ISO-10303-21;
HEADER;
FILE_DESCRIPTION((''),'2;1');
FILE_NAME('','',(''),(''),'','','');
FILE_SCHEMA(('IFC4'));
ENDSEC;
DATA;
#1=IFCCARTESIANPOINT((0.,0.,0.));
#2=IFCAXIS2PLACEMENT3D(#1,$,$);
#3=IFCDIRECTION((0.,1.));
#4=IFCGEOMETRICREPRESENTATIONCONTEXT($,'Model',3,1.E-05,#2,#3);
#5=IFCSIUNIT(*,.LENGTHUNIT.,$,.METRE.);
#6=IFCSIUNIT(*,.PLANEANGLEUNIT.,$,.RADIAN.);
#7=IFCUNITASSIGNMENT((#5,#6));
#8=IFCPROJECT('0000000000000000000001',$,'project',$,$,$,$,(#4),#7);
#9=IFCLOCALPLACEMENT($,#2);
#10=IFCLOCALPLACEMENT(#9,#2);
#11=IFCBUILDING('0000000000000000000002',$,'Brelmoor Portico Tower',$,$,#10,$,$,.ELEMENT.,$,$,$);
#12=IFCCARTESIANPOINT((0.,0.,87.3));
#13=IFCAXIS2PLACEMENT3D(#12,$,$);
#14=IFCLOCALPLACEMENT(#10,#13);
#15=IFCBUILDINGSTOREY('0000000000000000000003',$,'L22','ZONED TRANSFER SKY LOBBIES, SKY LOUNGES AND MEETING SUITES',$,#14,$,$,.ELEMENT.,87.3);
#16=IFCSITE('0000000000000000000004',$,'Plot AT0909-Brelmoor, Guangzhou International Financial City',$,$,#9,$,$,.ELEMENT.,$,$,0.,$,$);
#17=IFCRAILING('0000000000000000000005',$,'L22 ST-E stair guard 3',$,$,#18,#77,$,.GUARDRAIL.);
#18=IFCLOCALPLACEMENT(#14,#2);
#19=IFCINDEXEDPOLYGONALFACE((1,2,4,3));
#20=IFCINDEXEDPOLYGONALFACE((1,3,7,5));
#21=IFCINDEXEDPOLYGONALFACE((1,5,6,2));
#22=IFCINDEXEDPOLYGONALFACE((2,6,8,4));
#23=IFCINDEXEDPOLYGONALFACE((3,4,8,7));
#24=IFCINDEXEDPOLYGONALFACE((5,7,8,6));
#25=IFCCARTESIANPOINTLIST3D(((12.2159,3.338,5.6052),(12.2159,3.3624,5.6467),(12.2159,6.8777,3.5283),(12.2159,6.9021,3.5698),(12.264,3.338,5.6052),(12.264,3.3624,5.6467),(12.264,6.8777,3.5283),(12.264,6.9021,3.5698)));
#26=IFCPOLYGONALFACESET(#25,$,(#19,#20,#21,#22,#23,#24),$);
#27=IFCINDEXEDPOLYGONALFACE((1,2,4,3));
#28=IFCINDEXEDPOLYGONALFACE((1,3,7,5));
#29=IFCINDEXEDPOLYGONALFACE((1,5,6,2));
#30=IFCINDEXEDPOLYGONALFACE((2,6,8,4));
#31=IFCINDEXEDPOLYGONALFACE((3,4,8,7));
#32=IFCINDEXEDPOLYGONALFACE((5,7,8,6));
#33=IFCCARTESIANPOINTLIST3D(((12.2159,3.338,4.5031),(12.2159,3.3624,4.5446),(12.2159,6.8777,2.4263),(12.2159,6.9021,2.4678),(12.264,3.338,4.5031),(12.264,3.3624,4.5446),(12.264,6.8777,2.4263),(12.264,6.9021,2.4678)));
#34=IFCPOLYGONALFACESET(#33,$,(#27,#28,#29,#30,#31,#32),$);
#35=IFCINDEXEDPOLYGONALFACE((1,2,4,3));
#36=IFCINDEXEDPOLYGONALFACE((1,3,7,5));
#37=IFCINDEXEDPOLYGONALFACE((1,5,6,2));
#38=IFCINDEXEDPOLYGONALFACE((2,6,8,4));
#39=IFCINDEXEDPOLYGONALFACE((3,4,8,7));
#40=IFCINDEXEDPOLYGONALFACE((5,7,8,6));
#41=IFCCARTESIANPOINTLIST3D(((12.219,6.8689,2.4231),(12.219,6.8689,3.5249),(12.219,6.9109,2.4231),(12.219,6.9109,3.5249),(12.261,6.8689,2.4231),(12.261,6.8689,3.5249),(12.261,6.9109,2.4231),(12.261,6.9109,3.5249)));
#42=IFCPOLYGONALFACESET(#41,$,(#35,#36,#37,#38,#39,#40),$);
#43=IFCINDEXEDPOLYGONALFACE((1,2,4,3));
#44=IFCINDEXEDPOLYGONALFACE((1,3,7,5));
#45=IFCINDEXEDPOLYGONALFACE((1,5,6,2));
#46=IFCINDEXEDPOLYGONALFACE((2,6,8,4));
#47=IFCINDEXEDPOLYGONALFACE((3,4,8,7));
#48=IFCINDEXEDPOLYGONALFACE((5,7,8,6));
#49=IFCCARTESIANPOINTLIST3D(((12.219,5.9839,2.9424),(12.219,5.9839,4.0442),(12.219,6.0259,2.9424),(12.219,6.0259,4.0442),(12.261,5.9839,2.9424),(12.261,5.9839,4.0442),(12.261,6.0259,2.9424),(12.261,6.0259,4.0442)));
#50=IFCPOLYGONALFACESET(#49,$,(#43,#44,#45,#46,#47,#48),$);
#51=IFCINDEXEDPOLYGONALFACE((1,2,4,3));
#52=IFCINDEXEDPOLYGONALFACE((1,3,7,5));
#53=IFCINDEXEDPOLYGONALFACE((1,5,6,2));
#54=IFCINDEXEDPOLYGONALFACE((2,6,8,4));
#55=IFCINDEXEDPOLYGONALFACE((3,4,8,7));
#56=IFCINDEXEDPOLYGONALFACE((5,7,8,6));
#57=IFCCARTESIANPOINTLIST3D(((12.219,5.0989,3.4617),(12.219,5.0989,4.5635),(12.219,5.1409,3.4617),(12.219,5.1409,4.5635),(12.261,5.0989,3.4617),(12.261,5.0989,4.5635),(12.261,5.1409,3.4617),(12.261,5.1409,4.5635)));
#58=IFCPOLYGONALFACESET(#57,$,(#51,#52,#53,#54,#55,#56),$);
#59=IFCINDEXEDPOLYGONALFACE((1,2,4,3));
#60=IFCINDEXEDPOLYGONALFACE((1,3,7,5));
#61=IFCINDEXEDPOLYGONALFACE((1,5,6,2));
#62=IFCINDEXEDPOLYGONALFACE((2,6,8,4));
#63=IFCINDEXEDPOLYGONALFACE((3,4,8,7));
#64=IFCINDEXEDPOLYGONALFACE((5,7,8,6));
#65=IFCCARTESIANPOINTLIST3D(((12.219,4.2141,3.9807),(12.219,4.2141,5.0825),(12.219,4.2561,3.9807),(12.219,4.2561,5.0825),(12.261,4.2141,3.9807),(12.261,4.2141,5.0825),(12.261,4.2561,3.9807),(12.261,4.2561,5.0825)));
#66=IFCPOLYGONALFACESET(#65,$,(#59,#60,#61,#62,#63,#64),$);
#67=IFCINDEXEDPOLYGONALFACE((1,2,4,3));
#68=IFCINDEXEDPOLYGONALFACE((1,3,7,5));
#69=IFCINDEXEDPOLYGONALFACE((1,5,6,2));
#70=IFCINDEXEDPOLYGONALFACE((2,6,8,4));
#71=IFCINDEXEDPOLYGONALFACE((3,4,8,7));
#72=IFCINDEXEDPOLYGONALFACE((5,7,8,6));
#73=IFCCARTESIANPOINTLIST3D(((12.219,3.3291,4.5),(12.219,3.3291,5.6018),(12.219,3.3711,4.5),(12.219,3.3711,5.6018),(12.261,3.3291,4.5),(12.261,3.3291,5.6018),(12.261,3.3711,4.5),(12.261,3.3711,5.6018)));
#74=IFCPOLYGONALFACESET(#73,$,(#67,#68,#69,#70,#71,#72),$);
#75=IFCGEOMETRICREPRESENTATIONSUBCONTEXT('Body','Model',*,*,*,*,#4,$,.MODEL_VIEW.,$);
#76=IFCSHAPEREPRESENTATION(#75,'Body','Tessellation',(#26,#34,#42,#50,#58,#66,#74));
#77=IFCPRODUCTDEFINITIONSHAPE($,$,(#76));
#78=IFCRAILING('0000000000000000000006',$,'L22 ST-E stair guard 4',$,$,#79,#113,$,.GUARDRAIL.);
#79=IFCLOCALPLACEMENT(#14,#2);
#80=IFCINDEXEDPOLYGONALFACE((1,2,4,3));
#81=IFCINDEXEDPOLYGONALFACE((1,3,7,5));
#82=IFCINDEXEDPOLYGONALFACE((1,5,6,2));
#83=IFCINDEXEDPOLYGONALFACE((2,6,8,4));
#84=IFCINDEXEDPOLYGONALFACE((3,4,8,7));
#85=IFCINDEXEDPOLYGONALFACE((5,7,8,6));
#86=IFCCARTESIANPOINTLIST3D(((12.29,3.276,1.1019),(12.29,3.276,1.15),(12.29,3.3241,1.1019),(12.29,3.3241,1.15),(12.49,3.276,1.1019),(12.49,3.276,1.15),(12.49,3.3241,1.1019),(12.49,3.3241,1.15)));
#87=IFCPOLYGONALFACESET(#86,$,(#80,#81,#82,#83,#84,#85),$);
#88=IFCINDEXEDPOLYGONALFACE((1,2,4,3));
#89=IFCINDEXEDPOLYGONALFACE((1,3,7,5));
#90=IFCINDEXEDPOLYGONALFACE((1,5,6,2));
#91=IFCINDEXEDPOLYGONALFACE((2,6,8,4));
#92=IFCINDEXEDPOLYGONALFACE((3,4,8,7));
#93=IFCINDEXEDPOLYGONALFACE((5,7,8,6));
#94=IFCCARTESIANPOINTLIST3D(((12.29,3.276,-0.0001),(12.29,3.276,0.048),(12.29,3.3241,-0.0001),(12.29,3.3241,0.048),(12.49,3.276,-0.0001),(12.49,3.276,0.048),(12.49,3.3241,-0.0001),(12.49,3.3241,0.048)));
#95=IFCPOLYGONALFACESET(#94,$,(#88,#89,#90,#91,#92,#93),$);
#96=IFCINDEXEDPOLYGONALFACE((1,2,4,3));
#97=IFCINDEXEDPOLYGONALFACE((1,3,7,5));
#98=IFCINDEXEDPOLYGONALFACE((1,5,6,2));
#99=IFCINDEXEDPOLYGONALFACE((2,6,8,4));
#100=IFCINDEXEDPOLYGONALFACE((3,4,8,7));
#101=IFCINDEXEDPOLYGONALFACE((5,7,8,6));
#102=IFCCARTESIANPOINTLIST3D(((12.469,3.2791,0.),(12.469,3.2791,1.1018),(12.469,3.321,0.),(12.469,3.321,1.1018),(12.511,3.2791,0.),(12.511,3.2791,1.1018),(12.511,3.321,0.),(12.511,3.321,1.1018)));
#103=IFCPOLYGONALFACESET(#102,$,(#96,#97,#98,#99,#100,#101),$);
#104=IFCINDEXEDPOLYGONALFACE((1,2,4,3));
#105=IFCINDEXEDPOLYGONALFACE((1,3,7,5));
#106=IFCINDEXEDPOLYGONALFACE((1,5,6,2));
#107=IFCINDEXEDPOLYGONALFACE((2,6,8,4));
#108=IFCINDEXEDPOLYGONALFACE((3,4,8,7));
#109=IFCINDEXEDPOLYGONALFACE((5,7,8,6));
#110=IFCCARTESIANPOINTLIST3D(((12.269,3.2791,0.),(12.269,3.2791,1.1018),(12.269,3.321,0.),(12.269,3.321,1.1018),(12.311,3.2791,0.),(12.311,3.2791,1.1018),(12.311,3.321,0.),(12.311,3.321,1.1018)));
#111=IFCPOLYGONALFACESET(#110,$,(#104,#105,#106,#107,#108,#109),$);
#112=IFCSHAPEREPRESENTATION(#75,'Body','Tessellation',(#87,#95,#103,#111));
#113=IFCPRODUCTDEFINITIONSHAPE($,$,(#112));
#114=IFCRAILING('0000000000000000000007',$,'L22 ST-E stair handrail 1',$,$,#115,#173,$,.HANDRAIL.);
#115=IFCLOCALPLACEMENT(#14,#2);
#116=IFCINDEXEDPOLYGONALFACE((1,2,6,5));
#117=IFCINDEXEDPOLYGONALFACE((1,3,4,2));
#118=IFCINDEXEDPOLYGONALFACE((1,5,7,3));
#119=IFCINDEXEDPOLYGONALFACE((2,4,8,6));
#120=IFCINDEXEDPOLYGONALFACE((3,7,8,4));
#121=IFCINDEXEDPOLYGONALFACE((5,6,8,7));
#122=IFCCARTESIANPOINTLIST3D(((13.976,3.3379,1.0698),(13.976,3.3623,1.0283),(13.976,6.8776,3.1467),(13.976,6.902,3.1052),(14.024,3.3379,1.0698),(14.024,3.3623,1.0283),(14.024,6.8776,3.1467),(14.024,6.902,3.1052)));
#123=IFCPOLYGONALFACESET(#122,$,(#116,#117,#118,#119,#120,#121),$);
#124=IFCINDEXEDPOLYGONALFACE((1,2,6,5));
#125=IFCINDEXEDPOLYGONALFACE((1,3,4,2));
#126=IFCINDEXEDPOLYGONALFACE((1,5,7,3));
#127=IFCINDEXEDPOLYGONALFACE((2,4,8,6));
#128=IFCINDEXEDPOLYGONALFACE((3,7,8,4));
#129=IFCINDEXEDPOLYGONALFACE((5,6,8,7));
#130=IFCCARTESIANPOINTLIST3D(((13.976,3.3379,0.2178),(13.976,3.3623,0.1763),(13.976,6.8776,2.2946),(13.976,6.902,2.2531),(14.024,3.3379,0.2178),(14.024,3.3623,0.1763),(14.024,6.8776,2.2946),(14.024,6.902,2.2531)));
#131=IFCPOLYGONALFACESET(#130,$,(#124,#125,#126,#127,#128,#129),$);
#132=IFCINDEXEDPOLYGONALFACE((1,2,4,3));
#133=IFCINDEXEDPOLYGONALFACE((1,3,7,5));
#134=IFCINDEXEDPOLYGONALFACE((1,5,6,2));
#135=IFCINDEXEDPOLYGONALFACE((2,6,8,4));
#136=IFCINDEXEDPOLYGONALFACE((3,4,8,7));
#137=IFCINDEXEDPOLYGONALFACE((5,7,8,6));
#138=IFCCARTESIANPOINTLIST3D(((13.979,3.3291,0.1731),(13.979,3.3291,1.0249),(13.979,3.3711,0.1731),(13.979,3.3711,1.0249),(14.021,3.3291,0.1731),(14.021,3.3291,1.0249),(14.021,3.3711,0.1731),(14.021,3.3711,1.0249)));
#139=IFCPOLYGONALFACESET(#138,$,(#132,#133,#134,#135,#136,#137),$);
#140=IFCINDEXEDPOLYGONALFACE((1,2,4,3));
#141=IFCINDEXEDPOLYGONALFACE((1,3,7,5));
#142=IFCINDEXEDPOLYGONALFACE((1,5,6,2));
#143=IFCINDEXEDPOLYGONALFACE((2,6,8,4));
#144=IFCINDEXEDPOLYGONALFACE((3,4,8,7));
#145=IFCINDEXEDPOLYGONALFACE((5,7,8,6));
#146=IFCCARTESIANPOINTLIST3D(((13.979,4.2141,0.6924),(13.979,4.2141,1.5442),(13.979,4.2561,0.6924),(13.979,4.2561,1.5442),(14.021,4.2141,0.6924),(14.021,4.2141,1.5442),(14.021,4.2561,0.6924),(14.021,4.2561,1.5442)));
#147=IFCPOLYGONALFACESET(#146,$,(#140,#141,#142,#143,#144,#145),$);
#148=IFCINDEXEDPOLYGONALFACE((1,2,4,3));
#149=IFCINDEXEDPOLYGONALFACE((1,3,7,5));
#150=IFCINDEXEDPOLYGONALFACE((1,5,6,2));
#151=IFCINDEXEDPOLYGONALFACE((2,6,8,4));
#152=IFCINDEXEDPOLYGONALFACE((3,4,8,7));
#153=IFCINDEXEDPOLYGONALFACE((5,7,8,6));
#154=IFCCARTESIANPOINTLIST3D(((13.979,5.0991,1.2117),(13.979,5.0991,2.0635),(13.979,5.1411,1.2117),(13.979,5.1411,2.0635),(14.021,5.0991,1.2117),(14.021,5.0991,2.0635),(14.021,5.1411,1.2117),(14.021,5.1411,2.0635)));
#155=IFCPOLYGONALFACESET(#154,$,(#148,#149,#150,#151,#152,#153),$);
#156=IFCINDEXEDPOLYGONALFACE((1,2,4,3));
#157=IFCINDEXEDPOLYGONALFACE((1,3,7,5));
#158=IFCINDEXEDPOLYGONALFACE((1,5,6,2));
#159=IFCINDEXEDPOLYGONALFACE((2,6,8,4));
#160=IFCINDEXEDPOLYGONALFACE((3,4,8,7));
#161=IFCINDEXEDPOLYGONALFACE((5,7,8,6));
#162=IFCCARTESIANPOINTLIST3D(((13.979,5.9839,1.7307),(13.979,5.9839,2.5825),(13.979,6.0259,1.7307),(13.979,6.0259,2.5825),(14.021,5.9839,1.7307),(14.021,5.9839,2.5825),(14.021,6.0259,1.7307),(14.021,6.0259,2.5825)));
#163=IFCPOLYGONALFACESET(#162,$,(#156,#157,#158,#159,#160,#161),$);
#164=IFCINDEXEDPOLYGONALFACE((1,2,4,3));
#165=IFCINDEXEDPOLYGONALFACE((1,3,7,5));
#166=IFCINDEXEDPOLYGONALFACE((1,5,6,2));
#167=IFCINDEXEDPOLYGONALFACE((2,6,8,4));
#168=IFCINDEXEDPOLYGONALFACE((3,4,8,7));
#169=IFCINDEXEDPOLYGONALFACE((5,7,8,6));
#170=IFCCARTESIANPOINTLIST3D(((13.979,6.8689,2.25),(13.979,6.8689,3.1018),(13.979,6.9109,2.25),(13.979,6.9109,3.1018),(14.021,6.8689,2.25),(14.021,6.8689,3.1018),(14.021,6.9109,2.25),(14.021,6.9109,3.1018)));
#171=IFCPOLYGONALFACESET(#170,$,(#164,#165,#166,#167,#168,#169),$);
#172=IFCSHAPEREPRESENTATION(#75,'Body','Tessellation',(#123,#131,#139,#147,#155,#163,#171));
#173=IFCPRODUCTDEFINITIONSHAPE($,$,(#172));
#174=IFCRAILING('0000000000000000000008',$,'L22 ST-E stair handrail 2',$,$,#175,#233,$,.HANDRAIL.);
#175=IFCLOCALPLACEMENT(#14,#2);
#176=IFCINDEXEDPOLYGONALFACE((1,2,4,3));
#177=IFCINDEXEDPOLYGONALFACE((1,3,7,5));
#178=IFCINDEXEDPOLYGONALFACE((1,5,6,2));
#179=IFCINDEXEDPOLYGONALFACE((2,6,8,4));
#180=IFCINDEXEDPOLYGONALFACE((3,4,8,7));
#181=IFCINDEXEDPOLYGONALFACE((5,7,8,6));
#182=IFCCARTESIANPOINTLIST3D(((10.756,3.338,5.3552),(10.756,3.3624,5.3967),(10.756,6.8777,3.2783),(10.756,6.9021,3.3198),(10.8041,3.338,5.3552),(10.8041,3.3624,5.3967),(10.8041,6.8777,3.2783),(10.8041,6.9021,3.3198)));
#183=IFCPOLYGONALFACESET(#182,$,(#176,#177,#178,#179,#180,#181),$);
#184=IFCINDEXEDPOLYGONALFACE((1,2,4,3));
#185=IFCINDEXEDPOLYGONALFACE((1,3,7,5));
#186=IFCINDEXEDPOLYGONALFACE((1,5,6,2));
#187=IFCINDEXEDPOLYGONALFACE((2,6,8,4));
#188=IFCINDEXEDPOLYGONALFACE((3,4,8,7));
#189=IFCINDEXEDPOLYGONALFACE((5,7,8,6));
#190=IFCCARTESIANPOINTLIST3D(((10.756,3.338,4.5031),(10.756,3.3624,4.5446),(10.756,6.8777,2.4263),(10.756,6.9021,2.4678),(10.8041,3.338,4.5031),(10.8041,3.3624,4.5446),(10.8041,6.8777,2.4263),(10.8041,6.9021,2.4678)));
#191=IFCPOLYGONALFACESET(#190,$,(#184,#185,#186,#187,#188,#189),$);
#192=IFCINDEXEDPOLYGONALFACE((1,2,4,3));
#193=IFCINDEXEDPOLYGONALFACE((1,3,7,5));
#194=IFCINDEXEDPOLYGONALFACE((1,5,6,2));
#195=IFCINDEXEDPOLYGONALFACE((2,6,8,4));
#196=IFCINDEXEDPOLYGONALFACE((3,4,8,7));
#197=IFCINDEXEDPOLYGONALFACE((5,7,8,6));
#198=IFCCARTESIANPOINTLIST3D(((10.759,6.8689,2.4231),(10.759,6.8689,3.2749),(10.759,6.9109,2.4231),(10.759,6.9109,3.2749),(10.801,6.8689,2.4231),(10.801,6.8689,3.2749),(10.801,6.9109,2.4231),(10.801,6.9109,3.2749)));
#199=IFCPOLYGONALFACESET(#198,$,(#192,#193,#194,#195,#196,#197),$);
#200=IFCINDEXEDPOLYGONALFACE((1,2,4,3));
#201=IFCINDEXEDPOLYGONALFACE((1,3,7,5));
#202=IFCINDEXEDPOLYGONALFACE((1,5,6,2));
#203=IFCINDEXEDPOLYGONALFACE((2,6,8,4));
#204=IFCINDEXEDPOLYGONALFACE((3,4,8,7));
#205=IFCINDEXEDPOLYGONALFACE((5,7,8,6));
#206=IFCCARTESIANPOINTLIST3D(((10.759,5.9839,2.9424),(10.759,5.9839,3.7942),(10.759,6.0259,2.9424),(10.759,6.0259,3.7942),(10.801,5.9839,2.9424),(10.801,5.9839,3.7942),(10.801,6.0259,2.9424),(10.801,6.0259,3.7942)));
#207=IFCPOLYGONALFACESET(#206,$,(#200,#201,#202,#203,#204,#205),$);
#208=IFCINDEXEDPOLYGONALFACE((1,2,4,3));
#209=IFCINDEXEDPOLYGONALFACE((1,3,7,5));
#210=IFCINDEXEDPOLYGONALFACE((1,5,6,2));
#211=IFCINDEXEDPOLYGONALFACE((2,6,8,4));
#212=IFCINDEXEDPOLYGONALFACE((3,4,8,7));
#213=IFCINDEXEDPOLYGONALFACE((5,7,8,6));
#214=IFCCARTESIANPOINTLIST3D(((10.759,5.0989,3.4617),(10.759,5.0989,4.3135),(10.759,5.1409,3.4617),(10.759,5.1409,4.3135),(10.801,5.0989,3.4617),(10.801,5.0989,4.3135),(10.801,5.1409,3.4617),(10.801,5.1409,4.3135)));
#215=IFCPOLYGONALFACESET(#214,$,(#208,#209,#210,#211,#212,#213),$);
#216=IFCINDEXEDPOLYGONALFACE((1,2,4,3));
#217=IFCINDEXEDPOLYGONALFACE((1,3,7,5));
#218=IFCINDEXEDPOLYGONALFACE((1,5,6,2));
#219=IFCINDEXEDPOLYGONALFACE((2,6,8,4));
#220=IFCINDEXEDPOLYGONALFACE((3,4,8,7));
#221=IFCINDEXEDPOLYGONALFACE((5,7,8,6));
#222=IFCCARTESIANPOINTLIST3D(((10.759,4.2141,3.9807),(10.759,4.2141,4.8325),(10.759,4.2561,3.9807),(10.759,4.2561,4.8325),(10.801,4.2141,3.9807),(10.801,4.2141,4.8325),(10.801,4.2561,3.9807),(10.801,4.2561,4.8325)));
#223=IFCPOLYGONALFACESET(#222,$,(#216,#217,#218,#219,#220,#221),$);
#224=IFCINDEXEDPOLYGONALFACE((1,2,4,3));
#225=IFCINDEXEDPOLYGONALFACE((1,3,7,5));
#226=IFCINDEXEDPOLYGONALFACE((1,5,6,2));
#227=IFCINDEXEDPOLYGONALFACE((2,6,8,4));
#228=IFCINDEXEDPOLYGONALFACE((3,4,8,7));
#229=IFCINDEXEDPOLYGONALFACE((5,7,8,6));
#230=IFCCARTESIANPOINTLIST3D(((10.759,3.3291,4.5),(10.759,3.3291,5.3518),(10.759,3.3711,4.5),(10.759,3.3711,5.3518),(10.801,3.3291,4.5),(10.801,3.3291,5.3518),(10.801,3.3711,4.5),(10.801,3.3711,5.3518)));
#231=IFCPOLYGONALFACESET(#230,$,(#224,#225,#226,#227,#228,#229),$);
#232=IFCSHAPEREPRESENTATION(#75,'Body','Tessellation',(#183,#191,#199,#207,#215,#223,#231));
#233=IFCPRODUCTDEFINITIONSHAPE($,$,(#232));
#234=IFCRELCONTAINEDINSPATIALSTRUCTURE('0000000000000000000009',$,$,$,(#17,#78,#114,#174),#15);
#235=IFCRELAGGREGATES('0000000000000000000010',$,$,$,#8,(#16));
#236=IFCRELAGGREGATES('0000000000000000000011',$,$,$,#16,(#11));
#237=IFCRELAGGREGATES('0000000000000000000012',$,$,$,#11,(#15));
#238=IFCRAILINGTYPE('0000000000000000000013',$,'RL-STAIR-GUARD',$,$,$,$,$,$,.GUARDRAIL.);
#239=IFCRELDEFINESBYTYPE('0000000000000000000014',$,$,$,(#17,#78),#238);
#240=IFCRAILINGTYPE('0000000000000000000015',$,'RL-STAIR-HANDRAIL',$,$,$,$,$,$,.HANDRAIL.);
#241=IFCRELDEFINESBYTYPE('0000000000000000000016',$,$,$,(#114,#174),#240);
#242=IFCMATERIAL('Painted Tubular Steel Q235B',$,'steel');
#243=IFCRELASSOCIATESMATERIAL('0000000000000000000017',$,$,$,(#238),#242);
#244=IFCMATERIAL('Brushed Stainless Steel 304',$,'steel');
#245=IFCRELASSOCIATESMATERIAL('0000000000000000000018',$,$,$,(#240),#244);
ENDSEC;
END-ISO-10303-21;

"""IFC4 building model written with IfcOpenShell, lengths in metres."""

from ifc_helpers import new_model, si_unit, direction, frame, origin, origin_2d, place, context, subcontext, project, spatial, rectangle, extrude, material, type_object, element, save


model = new_model("IFC4")

# Units and contexts
model_context = context("Model", 3, precision=1e-05, world=origin(), true_north=direction((0.0, 1.0)))
body_context = subcontext(model_context, "Body", "Model", "MODEL_VIEW")
ifc_project = project(units=[si_unit("LENGTHUNIT", "METRE"), si_unit("PLANEANGLEUNIT", "RADIAN")], contexts=[model_context])

# Site, building, storey
site_placement = place(None, origin())
site = spatial("IfcSite", under=ifc_project, at=site_placement, Name="Plot AT0909-Brelmoor, Guangzhou International Financial City", CompositionType="ELEMENT", RefElevation=0.0)
building_placement = place(site_placement, origin())
building = spatial("IfcBuilding", under=site, at=building_placement, Name="Brelmoor Portico Tower", CompositionType="ELEMENT")
storey_placement = place(building_placement, frame((0.0, 0.0, 87.3)))
storey = spatial("IfcBuildingStorey", under=building, at=storey_placement, Name="L22", Description="ZONED TRANSFER SKY LOBBIES, SKY LOUNGES AND MEETING SUITES", CompositionType="ELEMENT", Elevation=87.3)

# Railings
ifc_material_1 = material(Name="Painted Tubular Steel Q235B", Category="steel")
railing_type_1 = type_object("IfcRailingType", Name="RL-STAIR-GUARD", PredefinedType="GUARDRAIL", material=ifc_material_1)
railing_1_placement = place(storey_placement, frame((12.24, 6.8899, 2.4231)))
element("IfcRailing", 1, at=railing_1_placement, inside=storey, type_object=railing_type_1, Name="L22 ST-E stair guard 3", PredefinedType="GUARDRAIL", context=body_context, shape_type="SweptSolid", body=[
    extrude(rectangle(XDim=0.0481, YDim=0.0481, at=origin_2d()), frame((0.0, 0.0, 1.126), z_axis=(0.0, -0.862501, 0.506055), x_axis=(1.0, 0.0, 0.0)), (0.0, 0.0, 1.0), 4.104),
    extrude(rectangle(XDim=0.0481, YDim=0.0481, at=origin_2d()), frame((0.0, 0.0, 0.0239), z_axis=(0.0, -0.862501, 0.506055), x_axis=(1.0, 0.0, 0.0)), (0.0, 0.0, 1.0), 4.104),
    extrude(rectangle(XDim=0.042, YDim=0.042, at=origin_2d()), origin(), (0.0, 0.0, 1.0), 1.1018),
    extrude(rectangle(XDim=0.042, YDim=0.042, at=origin_2d()), frame((0.0, -0.885, 0.5193)), (0.0, 0.0, 1.0), 1.1018),
    extrude(rectangle(XDim=0.042, YDim=0.042, at=origin_2d()), frame((0.0, -1.77, 1.0386)), (0.0, 0.0, 1.0), 1.1018),
    extrude(rectangle(XDim=0.042, YDim=0.042, at=origin_2d()), frame((0.0, -2.6548, 1.5576)), (0.0, 0.0, 1.0), 1.1018),
    extrude(rectangle(XDim=0.042, YDim=0.042, at=origin_2d()), frame((0.0, -3.5398, 2.0769)), (0.0, 0.0, 1.0), 1.1018),
])
railing_2_placement = place(storey_placement, frame((12.49, 3.3, 0.0)))
element("IfcRailing", 2, at=railing_2_placement, inside=storey, type_object=railing_type_1, Name="L22 ST-E stair guard 4", PredefinedType="GUARDRAIL", context=body_context, shape_type="SweptSolid", body=[
    extrude(rectangle(XDim=0.0481, YDim=0.0481, at=origin_2d()), frame((0.0, 0.0, 1.126), z_axis=(-1.0, 0.0, 0.0), x_axis=(0.0, -1.0, 0.0)), (0.0, 0.0, 1.0), 0.2),
    extrude(rectangle(XDim=0.0481, YDim=0.0481, at=origin_2d()), frame((0.0, 0.0, 0.0239), z_axis=(-1.0, 0.0, 0.0), x_axis=(0.0, -1.0, 0.0)), (0.0, 0.0, 1.0), 0.2),
    extrude(rectangle(XDim=0.042, YDim=0.042, at=origin_2d()), origin(), (0.0, 0.0, 1.0), 1.1018),
    extrude(rectangle(XDim=0.042, YDim=0.042, at=origin_2d()), frame((-0.2, 0.0, 0.0)), (0.0, 0.0, 1.0), 1.1018),
])
ifc_material_2 = material(Name="Brushed Stainless Steel 304", Category="steel")
railing_type_2 = type_object("IfcRailingType", Name="RL-STAIR-HANDRAIL", PredefinedType="HANDRAIL", material=ifc_material_2)
railing_3_placement = place(storey_placement, frame((14.0, 3.3501, 0.1731)))
element("IfcRailing", 3, at=railing_3_placement, inside=storey, type_object=railing_type_2, Name="L22 ST-E stair handrail 1", PredefinedType="HANDRAIL", context=body_context, shape_type="SweptSolid", body=[
    extrude(rectangle(XDim=0.0481, YDim=0.0481, at=origin_2d()), frame((0.0, 0.0, 0.876), z_axis=(0.0, 0.862501, 0.506055), x_axis=(-1.0, 0.0, 0.0)), (0.0, 0.0, 1.0), 4.104),
    extrude(rectangle(XDim=0.0481, YDim=0.0481, at=origin_2d()), frame((0.0, 0.0, 0.0239), z_axis=(0.0, 0.862501, 0.506055), x_axis=(-1.0, 0.0, 0.0)), (0.0, 0.0, 1.0), 4.104),
    extrude(rectangle(XDim=0.042, YDim=0.042, at=origin_2d()), origin(), (0.0, 0.0, 1.0), 0.8518),
    extrude(rectangle(XDim=0.042, YDim=0.042, at=origin_2d()), frame((0.0, 0.885, 0.5193)), (0.0, 0.0, 1.0), 0.8518),
    extrude(rectangle(XDim=0.042, YDim=0.042, at=origin_2d()), frame((0.0, 1.77, 1.0386)), (0.0, 0.0, 1.0), 0.8518),
    extrude(rectangle(XDim=0.042, YDim=0.042, at=origin_2d()), frame((0.0, 2.6548, 1.5576)), (0.0, 0.0, 1.0), 0.8518),
    extrude(rectangle(XDim=0.042, YDim=0.042, at=origin_2d()), frame((0.0, 3.5398, 2.0769)), (0.0, 0.0, 1.0), 0.8518),
])
railing_4_placement = place(storey_placement, frame((10.78, 6.8899, 2.4231)))
element("IfcRailing", 4, at=railing_4_placement, inside=storey, type_object=railing_type_2, Name="L22 ST-E stair handrail 2", PredefinedType="HANDRAIL", context=body_context, shape_type="SweptSolid", body=[
    extrude(rectangle(XDim=0.0481, YDim=0.0481, at=origin_2d()), frame((0.0, 0.0, 0.876), z_axis=(0.0, -0.862501, 0.506055), x_axis=(1.0, 0.0, 0.0)), (0.0, 0.0, 1.0), 4.104),
    extrude(rectangle(XDim=0.0481, YDim=0.0481, at=origin_2d()), frame((0.0, 0.0, 0.0239), z_axis=(0.0, -0.862501, 0.506055), x_axis=(1.0, 0.0, 0.0)), (0.0, 0.0, 1.0), 4.104),
    extrude(rectangle(XDim=0.042, YDim=0.042, at=origin_2d()), origin(), (0.0, 0.0, 1.0), 0.8518),
    extrude(rectangle(XDim=0.042, YDim=0.042, at=origin_2d()), frame((0.0, -0.885, 0.5193)), (0.0, 0.0, 1.0), 0.8518),
    extrude(rectangle(XDim=0.042, YDim=0.042, at=origin_2d()), frame((0.0, -1.77, 1.0386)), (0.0, 0.0, 1.0), 0.8518),
    extrude(rectangle(XDim=0.042, YDim=0.042, at=origin_2d()), frame((0.0, -2.6548, 1.5576)), (0.0, 0.0, 1.0), 0.8518),
    extrude(rectangle(XDim=0.042, YDim=0.042, at=origin_2d()), frame((0.0, -3.5398, 2.0769)), (0.0, 0.0, 1.0), 0.8518),
])

save(model, "model.ifc")
